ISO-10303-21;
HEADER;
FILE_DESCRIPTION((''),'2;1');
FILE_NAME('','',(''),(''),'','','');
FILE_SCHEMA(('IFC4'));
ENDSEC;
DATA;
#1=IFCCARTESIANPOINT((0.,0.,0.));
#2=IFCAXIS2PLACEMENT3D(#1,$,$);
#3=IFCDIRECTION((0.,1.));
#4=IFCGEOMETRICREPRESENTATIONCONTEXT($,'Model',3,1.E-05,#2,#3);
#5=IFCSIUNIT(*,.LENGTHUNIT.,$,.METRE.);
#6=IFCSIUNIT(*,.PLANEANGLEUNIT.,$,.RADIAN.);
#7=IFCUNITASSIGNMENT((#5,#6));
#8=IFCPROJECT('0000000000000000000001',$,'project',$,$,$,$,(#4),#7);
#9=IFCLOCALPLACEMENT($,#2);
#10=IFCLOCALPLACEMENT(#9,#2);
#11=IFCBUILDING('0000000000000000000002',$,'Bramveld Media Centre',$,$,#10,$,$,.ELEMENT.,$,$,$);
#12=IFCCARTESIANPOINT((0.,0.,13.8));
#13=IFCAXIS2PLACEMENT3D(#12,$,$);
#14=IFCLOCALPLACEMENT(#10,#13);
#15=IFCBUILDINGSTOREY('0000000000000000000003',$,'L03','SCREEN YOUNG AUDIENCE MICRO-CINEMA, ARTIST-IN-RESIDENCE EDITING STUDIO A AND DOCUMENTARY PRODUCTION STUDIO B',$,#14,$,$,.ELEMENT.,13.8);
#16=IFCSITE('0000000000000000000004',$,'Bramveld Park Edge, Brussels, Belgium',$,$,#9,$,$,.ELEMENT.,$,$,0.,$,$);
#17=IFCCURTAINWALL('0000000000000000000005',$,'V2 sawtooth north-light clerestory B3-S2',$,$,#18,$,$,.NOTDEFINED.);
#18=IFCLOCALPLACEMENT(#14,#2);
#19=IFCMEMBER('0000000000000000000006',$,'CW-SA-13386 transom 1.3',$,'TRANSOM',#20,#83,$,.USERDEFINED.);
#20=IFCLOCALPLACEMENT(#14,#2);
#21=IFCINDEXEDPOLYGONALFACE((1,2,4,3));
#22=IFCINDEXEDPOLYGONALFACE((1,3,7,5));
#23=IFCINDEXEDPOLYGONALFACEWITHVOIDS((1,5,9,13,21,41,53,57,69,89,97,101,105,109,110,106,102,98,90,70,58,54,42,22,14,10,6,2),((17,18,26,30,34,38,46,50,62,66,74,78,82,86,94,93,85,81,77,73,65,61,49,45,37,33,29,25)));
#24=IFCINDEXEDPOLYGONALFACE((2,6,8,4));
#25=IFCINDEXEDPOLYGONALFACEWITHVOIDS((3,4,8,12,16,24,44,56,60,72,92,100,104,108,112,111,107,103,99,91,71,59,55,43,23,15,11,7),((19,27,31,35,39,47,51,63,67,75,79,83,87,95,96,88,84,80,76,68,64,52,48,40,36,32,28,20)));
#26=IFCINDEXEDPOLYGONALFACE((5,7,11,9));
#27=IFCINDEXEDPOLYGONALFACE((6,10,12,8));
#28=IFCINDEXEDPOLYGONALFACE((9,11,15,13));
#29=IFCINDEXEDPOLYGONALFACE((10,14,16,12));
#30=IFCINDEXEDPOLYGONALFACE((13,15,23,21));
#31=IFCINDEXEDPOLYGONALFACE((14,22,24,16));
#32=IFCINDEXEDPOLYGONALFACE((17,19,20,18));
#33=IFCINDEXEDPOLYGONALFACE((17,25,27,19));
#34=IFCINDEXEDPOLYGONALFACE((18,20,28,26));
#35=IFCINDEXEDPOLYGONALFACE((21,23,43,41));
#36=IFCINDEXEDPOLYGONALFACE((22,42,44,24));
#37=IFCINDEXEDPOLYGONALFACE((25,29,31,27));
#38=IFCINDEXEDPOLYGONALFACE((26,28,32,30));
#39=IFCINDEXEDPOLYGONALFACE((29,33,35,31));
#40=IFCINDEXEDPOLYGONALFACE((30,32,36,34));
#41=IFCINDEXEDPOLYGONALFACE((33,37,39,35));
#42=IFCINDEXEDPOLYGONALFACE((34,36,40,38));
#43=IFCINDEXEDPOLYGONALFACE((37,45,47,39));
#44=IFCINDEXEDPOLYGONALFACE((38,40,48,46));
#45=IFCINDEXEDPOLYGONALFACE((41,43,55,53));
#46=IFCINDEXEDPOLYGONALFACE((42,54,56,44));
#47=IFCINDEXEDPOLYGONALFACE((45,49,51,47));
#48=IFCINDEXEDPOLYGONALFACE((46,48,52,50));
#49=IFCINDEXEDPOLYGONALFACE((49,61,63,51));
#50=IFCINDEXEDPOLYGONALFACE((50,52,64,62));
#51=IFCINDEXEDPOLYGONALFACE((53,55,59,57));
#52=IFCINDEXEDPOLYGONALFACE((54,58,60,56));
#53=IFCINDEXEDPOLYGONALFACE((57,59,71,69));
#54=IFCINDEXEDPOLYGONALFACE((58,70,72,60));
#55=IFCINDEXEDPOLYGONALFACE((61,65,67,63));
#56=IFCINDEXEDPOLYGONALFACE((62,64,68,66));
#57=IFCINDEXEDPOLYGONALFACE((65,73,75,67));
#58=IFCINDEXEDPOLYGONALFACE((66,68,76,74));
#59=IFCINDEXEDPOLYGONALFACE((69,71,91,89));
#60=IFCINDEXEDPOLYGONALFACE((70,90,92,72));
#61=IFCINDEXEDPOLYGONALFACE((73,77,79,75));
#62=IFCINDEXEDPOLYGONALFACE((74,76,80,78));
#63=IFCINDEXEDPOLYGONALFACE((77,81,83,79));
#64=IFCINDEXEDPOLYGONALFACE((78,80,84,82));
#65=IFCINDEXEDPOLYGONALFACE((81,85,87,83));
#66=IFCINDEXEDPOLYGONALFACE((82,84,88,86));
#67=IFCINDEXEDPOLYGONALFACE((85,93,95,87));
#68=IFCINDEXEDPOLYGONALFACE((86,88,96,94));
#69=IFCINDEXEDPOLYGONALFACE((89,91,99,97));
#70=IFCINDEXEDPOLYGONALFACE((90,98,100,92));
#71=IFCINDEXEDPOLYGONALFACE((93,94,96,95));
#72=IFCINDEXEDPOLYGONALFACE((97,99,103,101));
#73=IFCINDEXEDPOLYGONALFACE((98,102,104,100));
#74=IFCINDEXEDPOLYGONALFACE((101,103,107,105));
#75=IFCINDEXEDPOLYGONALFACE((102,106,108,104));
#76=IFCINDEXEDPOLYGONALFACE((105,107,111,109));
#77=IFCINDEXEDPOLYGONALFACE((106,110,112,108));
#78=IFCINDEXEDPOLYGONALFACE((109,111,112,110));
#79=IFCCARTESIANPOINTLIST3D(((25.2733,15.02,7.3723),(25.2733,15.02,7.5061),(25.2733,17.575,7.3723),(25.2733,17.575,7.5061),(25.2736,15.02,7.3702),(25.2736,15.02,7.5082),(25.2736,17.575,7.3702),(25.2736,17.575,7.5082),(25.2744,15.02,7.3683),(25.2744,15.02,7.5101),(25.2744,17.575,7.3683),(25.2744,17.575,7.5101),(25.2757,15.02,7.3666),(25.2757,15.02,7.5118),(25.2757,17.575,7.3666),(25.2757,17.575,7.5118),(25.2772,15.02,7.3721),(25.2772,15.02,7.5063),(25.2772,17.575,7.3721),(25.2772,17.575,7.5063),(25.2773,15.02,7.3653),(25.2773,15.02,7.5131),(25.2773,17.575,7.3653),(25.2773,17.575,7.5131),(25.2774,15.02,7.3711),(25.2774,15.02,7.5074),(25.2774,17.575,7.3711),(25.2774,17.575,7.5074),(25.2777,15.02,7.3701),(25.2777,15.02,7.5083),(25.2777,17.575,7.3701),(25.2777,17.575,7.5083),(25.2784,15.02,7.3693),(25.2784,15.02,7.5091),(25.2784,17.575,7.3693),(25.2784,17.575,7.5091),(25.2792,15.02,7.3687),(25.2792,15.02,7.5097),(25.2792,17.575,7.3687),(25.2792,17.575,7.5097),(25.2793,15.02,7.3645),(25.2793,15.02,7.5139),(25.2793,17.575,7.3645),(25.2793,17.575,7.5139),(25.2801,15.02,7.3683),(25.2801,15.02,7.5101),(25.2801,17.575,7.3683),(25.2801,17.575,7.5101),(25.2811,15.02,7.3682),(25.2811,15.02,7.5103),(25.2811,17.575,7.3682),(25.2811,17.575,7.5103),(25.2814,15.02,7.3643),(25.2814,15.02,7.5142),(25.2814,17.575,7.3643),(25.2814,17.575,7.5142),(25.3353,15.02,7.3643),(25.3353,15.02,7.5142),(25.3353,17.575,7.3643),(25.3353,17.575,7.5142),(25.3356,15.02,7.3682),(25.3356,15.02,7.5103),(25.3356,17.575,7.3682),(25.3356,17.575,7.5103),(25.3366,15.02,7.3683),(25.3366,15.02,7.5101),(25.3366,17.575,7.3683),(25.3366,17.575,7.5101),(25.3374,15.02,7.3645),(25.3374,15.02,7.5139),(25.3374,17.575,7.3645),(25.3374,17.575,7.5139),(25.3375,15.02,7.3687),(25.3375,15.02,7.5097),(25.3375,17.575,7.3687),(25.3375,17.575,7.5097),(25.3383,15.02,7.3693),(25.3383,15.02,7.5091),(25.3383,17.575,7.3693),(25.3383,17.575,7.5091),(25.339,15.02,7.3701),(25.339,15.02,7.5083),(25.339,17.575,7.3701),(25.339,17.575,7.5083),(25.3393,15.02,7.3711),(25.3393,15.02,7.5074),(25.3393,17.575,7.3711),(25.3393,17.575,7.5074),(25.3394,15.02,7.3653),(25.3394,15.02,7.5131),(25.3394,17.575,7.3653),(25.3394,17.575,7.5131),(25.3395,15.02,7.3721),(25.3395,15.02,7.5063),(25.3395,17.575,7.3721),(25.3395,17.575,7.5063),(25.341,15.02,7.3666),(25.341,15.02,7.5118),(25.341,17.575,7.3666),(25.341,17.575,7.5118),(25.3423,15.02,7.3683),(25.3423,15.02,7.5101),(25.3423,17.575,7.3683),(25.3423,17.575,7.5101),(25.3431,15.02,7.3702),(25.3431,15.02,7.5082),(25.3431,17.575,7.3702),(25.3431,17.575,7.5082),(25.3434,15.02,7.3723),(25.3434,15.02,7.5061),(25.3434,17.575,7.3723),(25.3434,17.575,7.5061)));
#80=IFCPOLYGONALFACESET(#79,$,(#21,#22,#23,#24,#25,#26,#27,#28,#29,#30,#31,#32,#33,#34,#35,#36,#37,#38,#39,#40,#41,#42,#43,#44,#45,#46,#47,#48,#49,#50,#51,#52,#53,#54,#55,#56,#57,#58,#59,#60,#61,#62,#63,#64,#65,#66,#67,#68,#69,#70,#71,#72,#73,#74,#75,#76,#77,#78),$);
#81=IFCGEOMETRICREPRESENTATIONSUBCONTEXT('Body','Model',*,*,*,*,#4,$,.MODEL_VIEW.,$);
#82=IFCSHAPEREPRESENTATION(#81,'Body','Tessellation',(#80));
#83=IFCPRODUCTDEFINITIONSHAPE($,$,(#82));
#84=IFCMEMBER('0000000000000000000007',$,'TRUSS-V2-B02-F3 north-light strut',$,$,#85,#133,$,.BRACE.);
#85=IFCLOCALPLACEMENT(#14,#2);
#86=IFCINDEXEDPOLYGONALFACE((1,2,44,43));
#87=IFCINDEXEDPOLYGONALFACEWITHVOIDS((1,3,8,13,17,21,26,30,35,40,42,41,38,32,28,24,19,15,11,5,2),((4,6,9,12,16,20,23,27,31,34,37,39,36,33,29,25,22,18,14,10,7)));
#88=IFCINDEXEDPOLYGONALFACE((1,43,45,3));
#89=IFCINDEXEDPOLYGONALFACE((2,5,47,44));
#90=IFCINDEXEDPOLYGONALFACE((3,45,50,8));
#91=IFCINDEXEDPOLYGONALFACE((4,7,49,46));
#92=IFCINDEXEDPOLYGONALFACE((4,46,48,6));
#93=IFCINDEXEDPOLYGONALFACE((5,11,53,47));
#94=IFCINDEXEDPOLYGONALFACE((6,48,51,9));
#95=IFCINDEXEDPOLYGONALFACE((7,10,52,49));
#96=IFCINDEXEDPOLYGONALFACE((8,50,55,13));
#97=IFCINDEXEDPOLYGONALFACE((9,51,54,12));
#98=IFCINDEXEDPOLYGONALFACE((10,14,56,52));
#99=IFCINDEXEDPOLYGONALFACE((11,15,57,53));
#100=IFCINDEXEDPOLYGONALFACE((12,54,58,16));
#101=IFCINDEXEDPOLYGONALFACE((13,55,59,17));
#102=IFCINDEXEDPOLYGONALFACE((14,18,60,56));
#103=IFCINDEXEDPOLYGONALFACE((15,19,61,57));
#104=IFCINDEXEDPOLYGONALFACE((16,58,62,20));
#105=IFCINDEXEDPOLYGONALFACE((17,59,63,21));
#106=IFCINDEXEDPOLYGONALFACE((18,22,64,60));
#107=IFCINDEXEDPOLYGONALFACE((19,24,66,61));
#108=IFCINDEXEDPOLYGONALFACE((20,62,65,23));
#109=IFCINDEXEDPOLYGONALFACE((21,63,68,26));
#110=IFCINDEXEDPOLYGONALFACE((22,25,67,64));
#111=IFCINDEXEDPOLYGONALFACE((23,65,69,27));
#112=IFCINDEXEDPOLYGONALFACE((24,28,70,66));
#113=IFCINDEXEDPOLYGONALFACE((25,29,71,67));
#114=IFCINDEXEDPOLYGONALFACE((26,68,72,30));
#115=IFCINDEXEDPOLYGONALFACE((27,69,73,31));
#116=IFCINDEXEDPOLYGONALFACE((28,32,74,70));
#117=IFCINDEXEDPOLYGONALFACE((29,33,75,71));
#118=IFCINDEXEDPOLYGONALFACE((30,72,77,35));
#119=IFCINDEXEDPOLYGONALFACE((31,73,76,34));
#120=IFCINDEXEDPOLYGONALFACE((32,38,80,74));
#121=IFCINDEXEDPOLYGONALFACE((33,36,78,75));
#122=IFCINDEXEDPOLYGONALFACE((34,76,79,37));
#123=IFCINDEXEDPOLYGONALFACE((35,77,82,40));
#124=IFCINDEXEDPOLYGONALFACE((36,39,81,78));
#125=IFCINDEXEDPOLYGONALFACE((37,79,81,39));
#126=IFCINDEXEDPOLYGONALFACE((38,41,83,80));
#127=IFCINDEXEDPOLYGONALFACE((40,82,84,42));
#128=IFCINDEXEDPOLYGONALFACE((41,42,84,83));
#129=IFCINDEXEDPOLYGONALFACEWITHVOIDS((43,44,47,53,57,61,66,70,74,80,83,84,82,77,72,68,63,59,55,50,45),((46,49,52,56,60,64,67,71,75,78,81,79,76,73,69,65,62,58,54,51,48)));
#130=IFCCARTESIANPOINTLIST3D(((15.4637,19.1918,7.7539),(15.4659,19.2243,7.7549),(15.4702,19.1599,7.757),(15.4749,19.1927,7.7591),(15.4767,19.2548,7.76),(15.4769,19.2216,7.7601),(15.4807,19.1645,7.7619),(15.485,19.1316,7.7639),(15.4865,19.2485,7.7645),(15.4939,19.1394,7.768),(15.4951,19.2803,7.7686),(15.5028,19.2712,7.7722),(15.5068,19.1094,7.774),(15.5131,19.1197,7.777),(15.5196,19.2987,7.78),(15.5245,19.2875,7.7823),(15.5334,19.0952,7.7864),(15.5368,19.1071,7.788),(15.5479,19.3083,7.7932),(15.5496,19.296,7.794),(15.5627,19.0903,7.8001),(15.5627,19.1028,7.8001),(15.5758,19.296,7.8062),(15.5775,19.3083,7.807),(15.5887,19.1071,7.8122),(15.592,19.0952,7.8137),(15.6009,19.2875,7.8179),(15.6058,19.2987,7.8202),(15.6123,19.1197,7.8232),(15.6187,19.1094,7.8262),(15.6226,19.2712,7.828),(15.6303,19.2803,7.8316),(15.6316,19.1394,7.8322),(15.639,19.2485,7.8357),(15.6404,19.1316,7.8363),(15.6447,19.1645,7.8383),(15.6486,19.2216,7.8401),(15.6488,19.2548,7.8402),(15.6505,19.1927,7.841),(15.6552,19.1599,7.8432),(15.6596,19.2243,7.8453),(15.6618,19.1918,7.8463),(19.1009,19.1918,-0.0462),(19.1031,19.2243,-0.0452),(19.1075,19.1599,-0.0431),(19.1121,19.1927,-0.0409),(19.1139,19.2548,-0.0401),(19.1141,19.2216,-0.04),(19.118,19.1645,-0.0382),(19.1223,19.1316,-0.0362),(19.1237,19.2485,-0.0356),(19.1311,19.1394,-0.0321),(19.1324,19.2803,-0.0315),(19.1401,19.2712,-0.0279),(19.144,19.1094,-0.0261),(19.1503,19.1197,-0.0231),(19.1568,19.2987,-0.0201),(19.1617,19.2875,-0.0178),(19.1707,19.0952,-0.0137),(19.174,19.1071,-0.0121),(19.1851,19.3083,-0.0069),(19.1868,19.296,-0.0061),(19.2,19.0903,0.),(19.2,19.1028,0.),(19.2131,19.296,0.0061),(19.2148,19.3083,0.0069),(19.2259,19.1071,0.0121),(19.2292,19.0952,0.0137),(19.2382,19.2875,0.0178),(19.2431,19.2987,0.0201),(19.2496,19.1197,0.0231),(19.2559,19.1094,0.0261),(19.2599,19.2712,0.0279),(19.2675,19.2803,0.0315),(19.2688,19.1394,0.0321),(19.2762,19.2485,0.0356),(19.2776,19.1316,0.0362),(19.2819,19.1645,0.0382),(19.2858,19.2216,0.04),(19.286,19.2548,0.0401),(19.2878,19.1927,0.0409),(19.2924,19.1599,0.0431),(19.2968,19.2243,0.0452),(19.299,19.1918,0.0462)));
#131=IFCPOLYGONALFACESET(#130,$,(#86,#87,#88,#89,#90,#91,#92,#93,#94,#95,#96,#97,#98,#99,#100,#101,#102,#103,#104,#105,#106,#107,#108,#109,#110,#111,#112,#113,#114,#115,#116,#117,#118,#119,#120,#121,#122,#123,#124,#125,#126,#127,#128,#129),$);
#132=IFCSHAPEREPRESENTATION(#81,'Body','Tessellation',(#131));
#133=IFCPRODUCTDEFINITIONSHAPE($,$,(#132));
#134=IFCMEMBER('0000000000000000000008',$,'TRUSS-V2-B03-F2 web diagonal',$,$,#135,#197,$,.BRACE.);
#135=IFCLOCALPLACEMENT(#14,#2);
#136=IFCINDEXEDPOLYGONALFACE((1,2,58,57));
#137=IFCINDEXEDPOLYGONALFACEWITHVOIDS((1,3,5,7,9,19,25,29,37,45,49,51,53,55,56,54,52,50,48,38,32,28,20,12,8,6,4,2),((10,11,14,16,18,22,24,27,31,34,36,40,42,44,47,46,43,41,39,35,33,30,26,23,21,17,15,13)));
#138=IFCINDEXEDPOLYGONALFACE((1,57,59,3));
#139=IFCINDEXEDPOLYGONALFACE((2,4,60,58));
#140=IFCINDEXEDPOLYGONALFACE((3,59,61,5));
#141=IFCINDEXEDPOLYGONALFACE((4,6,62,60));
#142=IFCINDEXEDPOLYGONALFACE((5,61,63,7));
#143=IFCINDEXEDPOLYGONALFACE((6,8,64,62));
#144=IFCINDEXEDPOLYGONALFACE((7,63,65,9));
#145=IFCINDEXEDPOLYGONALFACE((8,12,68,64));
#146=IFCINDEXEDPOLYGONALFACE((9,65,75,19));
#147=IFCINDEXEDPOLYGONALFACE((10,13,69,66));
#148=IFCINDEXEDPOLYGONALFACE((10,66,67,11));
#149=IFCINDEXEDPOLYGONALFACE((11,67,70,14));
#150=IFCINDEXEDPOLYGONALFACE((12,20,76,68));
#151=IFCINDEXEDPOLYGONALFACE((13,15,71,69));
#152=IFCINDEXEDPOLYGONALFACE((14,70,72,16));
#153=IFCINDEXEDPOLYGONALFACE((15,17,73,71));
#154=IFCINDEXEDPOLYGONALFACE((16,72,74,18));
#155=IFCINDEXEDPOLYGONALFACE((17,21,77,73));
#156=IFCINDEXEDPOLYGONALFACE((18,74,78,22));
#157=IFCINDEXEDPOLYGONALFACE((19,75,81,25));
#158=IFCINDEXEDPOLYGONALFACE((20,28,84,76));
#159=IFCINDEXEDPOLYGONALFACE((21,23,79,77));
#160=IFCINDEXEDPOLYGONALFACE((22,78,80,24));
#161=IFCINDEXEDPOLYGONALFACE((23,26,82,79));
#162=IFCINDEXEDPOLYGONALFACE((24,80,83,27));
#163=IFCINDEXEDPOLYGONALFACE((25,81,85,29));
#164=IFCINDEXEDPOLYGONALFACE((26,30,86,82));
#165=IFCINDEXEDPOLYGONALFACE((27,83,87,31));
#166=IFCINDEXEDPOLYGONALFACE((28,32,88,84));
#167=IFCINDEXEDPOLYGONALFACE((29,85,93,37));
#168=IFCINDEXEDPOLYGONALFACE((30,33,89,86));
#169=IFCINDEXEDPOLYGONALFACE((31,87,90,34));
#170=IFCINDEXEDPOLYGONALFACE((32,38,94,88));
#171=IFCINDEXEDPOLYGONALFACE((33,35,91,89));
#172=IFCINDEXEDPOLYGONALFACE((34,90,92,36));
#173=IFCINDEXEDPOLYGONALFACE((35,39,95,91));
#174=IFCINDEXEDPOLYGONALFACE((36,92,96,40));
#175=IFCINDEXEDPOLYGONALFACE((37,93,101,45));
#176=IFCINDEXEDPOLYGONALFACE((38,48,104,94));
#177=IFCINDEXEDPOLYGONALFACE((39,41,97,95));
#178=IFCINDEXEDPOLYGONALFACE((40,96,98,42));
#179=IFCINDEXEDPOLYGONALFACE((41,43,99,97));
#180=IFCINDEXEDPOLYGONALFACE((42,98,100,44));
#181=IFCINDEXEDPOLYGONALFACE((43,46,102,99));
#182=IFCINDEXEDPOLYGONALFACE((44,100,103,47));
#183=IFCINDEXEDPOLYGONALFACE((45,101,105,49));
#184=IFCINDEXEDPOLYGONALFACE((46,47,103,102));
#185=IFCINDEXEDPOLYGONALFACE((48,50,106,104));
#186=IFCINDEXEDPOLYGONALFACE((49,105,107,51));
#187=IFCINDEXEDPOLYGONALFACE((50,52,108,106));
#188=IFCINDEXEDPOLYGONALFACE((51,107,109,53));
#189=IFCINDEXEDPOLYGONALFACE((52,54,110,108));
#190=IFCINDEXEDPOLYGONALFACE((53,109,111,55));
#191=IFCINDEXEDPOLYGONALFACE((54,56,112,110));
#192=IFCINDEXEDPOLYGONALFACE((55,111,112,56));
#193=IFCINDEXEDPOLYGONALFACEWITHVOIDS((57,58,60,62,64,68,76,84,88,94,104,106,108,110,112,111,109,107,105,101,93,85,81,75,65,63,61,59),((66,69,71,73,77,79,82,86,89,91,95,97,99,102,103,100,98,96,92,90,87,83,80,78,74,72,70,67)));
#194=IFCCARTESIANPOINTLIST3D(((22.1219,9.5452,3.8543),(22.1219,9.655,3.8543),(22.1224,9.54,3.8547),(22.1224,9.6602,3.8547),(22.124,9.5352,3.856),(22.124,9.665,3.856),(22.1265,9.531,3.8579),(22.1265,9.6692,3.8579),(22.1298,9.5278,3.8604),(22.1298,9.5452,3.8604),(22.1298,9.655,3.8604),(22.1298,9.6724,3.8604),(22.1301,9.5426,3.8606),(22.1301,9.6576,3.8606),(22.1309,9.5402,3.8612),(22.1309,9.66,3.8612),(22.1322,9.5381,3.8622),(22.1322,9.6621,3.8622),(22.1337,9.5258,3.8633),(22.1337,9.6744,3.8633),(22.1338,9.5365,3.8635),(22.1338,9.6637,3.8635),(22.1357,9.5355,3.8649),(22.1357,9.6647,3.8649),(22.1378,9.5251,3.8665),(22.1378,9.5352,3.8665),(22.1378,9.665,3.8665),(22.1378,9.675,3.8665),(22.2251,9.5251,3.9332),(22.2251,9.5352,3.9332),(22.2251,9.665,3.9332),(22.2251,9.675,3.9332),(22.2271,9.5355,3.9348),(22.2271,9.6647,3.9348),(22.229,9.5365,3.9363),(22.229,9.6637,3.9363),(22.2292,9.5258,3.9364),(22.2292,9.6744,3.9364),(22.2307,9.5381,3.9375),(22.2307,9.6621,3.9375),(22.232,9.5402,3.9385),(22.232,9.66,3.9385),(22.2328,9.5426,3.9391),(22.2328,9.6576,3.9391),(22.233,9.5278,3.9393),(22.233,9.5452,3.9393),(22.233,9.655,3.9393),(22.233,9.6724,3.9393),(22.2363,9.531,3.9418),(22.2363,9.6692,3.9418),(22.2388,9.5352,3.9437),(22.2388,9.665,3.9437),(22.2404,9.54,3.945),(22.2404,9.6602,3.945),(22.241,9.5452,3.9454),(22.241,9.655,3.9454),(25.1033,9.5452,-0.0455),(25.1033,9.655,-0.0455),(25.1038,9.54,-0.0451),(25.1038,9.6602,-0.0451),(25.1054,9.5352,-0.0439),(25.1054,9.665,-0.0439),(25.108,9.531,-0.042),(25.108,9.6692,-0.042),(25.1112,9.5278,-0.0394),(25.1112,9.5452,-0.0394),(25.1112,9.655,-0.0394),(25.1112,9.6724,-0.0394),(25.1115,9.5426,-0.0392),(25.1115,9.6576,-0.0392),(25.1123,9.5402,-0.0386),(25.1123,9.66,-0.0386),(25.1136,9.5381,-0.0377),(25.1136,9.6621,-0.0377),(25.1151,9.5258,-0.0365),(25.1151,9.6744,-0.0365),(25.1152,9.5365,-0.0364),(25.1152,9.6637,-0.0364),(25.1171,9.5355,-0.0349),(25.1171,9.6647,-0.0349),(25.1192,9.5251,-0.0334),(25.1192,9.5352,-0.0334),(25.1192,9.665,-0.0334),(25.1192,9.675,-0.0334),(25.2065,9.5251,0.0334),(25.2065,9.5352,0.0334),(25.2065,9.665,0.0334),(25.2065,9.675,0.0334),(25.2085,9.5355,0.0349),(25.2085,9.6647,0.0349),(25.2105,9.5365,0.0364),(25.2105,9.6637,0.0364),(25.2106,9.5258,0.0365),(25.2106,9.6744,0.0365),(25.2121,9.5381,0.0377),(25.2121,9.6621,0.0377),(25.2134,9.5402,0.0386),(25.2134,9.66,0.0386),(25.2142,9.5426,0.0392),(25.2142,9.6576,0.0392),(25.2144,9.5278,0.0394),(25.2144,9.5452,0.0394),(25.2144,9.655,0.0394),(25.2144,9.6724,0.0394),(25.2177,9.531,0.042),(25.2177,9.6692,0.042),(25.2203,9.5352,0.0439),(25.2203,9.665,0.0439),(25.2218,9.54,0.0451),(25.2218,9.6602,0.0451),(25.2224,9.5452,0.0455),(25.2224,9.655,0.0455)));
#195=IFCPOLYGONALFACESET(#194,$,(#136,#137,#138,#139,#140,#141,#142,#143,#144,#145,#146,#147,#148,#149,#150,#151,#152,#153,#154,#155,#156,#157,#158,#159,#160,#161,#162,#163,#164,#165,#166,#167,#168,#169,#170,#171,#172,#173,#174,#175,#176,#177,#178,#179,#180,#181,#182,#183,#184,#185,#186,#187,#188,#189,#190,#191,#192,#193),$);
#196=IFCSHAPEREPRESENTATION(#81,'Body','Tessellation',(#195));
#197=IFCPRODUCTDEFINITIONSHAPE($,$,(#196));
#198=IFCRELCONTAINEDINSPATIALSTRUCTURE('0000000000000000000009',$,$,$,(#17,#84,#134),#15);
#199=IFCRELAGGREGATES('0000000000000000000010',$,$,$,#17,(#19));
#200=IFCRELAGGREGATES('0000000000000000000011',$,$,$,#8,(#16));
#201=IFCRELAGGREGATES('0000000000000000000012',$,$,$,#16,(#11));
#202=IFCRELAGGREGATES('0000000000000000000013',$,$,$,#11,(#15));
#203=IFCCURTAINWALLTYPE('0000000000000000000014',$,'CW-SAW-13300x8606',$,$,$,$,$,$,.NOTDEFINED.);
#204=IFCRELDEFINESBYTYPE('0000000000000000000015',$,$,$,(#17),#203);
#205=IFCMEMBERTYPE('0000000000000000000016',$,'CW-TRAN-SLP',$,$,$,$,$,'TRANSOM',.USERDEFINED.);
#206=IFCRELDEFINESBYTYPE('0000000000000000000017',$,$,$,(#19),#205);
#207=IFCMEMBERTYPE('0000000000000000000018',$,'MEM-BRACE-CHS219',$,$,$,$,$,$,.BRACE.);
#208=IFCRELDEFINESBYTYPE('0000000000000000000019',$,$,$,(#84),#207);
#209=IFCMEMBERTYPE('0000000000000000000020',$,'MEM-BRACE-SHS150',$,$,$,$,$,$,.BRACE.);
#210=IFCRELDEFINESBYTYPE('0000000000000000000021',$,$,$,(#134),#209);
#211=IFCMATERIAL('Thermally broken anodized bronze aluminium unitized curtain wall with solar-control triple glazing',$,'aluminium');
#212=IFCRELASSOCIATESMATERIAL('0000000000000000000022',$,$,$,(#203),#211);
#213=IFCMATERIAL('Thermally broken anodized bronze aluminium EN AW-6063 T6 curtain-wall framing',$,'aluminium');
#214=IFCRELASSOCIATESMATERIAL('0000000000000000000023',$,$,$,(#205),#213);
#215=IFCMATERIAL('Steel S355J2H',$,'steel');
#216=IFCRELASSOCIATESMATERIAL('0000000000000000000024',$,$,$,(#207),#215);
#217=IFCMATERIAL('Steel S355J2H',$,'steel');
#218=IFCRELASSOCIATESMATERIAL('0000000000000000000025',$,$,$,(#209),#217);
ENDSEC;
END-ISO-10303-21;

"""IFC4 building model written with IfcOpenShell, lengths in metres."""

from ifc_helpers import new_model, si_unit, direction, frame, origin, origin_2d, place, context, subcontext, project, spatial, hollow_rectangle, hollow_circle, extrude, material, material_profile, profile_set, type_object, element, aggregate, save


model = new_model("IFC4")

# Units and contexts
model_context = context("Model", 3, precision=1e-05, world=origin(), true_north=direction((0.0, 1.0)))
body_context = subcontext(model_context, "Body", "Model", "MODEL_VIEW")
ifc_project = project(units=[si_unit("LENGTHUNIT", "METRE"), si_unit("PLANEANGLEUNIT", "RADIAN")], contexts=[model_context])

# Site, building, storey
site_placement = place(None, origin())
site = spatial("IfcSite", under=ifc_project, at=site_placement, Name="Bramveld Park Edge, Brussels, Belgium", CompositionType="ELEMENT", RefElevation=0.0)
building_placement = place(site_placement, origin())
building = spatial("IfcBuilding", under=site, at=building_placement, Name="Bramveld Media Centre", CompositionType="ELEMENT")
storey_placement = place(building_placement, frame((0.0, 0.0, 13.8)))
storey = spatial("IfcBuildingStorey", under=building, at=storey_placement, Name="L03", Description="SCREEN YOUNG AUDIENCE MICRO-CINEMA, ARTIST-IN-RESIDENCE EDITING STUDIO A AND DOCUMENTARY PRODUCTION STUDIO B", CompositionType="ELEMENT", Elevation=13.8)

# Shared definitions
ifc_material_1 = material(Name="Thermally broken anodized bronze aluminium unitized curtain wall with solar-control triple glazing", Category="aluminium")
curtain_wall_type = type_object("IfcCurtainWallType", Name="CW-SAW-13300x8606", PredefinedType="NOTDEFINED", material=ifc_material_1)

# Shared definitions
ifc_material_2 = material(Name="Thermally broken anodized bronze aluminium EN AW-6063 T6 curtain-wall framing", Category="aluminium")
ifc_material_profile_1 = material_profile(ifc_material_2, hollow_rectangle(XDim=0.0701, YDim=0.1499, WallThickness=0.0039, InnerFilletRadius=0.0039, OuterFilletRadius=0.0081, at=origin_2d()), Name="AL-TRAN 70x150")
ifc_profile_set_1 = profile_set([ifc_material_profile_1], Name="Thermally broken anodized bronze aluminium EN AW-6063 T6 curtain-wall framing")
member_type_1 = type_object("IfcMemberType", Name="CW-TRAN-SLP", ElementType="TRANSOM", PredefinedType="USERDEFINED", material=ifc_profile_set_1)

# Curtain wall, member
curtain_wall_1_placement = place(storey_placement, origin())
curtain_wall_1 = element("IfcCurtainWall", 1, at=curtain_wall_1_placement, inside=storey, type_object=curtain_wall_type, Name="V2 sawtooth north-light clerestory B3-S2", PredefinedType="NOTDEFINED")
member_1_placement = place(storey_placement, frame((25.3083, 15.02, 7.4392), z_axis=(0.0, 1.0, 0.0), x_axis=(-1.0, 0.0, 0.0)))
member_1 = element("IfcMember", 2, at=member_1_placement, type_object=member_type_1, Name="CW-SA-13386 transom 1.3", ObjectType="TRANSOM", PredefinedType="USERDEFINED", context=body_context, shape_type="SweptSolid", body=[
    extrude(hollow_rectangle(XDim=0.0701, YDim=0.1499, WallThickness=0.0039, InnerFilletRadius=0.0039, OuterFilletRadius=0.0081, at=origin_2d()), origin(), (0.0, 0.0, 1.0), 2.5549),
])
aggregate(curtain_wall_1, [member_1])

# Members
ifc_material_3 = material(Name="Steel S355J2H", Category="steel")
ifc_material_profile_2 = material_profile(ifc_material_3, hollow_circle(Radius=0.1096, WallThickness=0.0125, at=origin_2d()), Name="CHS 219.1x12.5")
ifc_profile_set_2 = profile_set([ifc_material_profile_2], Name="Steel S355J2H")
member_type_2 = type_object("IfcMemberType", Name="MEM-BRACE-CHS219", PredefinedType="BRACE", material=ifc_profile_set_2)
member_2_placement = place(storey_placement, frame((19.2, 19.2, 0.0), z_axis=(-0.422617, 0.0, 0.906308), x_axis=(0.0, -1.0, 0.0)))
element("IfcMember", 3, at=member_2_placement, inside=storey, type_object=member_type_2, Name="TRUSS-V2-B02-F3 north-light strut", PredefinedType="BRACE", context=body_context, shape_type="SweptSolid", body=[
    extrude(hollow_circle(Radius=0.1096, WallThickness=0.0125, at=origin_2d()), origin(), (0.0, 0.0, 1.0), 8.6064),
])
ifc_material_4 = material(Name="Steel S355J2H", Category="steel")
ifc_material_profile_3 = material_profile(ifc_material_4, hollow_rectangle(XDim=0.1499, YDim=0.1499, WallThickness=0.01, InnerFilletRadius=0.01, OuterFilletRadius=0.02, at=origin_2d()), Name="SHS 150x150x10")
ifc_profile_set_3 = profile_set([ifc_material_profile_3], Name="Steel S355J2H")
member_type_3 = type_object("IfcMemberType", Name="MEM-BRACE-SHS150", PredefinedType="BRACE", material=ifc_profile_set_3)
for number, where, z_axis, x_axis, name in (
    (4, (25.1628, 9.6001, 0.0), (-0.607343, 0.0, 0.79444), (0.0, -1.0, 0.0), "TRUSS-V2-B03-F2 web diagonal"),
):
    element("IfcMember", number, at=place(storey_placement, frame(where, z_axis=z_axis, x_axis=x_axis)), inside=storey, type_object=member_type_3, Name=name, PredefinedType="BRACE", context=body_context, shape_type="SweptSolid", body=[
        extrude(hollow_rectangle(XDim=0.1499, YDim=0.1499, WallThickness=0.01, InnerFilletRadius=0.01, OuterFilletRadius=0.02, at=origin_2d()), origin(), (0.0, 0.0, 1.0), 4.9089),
    ])

save(model, "model.ifc")
